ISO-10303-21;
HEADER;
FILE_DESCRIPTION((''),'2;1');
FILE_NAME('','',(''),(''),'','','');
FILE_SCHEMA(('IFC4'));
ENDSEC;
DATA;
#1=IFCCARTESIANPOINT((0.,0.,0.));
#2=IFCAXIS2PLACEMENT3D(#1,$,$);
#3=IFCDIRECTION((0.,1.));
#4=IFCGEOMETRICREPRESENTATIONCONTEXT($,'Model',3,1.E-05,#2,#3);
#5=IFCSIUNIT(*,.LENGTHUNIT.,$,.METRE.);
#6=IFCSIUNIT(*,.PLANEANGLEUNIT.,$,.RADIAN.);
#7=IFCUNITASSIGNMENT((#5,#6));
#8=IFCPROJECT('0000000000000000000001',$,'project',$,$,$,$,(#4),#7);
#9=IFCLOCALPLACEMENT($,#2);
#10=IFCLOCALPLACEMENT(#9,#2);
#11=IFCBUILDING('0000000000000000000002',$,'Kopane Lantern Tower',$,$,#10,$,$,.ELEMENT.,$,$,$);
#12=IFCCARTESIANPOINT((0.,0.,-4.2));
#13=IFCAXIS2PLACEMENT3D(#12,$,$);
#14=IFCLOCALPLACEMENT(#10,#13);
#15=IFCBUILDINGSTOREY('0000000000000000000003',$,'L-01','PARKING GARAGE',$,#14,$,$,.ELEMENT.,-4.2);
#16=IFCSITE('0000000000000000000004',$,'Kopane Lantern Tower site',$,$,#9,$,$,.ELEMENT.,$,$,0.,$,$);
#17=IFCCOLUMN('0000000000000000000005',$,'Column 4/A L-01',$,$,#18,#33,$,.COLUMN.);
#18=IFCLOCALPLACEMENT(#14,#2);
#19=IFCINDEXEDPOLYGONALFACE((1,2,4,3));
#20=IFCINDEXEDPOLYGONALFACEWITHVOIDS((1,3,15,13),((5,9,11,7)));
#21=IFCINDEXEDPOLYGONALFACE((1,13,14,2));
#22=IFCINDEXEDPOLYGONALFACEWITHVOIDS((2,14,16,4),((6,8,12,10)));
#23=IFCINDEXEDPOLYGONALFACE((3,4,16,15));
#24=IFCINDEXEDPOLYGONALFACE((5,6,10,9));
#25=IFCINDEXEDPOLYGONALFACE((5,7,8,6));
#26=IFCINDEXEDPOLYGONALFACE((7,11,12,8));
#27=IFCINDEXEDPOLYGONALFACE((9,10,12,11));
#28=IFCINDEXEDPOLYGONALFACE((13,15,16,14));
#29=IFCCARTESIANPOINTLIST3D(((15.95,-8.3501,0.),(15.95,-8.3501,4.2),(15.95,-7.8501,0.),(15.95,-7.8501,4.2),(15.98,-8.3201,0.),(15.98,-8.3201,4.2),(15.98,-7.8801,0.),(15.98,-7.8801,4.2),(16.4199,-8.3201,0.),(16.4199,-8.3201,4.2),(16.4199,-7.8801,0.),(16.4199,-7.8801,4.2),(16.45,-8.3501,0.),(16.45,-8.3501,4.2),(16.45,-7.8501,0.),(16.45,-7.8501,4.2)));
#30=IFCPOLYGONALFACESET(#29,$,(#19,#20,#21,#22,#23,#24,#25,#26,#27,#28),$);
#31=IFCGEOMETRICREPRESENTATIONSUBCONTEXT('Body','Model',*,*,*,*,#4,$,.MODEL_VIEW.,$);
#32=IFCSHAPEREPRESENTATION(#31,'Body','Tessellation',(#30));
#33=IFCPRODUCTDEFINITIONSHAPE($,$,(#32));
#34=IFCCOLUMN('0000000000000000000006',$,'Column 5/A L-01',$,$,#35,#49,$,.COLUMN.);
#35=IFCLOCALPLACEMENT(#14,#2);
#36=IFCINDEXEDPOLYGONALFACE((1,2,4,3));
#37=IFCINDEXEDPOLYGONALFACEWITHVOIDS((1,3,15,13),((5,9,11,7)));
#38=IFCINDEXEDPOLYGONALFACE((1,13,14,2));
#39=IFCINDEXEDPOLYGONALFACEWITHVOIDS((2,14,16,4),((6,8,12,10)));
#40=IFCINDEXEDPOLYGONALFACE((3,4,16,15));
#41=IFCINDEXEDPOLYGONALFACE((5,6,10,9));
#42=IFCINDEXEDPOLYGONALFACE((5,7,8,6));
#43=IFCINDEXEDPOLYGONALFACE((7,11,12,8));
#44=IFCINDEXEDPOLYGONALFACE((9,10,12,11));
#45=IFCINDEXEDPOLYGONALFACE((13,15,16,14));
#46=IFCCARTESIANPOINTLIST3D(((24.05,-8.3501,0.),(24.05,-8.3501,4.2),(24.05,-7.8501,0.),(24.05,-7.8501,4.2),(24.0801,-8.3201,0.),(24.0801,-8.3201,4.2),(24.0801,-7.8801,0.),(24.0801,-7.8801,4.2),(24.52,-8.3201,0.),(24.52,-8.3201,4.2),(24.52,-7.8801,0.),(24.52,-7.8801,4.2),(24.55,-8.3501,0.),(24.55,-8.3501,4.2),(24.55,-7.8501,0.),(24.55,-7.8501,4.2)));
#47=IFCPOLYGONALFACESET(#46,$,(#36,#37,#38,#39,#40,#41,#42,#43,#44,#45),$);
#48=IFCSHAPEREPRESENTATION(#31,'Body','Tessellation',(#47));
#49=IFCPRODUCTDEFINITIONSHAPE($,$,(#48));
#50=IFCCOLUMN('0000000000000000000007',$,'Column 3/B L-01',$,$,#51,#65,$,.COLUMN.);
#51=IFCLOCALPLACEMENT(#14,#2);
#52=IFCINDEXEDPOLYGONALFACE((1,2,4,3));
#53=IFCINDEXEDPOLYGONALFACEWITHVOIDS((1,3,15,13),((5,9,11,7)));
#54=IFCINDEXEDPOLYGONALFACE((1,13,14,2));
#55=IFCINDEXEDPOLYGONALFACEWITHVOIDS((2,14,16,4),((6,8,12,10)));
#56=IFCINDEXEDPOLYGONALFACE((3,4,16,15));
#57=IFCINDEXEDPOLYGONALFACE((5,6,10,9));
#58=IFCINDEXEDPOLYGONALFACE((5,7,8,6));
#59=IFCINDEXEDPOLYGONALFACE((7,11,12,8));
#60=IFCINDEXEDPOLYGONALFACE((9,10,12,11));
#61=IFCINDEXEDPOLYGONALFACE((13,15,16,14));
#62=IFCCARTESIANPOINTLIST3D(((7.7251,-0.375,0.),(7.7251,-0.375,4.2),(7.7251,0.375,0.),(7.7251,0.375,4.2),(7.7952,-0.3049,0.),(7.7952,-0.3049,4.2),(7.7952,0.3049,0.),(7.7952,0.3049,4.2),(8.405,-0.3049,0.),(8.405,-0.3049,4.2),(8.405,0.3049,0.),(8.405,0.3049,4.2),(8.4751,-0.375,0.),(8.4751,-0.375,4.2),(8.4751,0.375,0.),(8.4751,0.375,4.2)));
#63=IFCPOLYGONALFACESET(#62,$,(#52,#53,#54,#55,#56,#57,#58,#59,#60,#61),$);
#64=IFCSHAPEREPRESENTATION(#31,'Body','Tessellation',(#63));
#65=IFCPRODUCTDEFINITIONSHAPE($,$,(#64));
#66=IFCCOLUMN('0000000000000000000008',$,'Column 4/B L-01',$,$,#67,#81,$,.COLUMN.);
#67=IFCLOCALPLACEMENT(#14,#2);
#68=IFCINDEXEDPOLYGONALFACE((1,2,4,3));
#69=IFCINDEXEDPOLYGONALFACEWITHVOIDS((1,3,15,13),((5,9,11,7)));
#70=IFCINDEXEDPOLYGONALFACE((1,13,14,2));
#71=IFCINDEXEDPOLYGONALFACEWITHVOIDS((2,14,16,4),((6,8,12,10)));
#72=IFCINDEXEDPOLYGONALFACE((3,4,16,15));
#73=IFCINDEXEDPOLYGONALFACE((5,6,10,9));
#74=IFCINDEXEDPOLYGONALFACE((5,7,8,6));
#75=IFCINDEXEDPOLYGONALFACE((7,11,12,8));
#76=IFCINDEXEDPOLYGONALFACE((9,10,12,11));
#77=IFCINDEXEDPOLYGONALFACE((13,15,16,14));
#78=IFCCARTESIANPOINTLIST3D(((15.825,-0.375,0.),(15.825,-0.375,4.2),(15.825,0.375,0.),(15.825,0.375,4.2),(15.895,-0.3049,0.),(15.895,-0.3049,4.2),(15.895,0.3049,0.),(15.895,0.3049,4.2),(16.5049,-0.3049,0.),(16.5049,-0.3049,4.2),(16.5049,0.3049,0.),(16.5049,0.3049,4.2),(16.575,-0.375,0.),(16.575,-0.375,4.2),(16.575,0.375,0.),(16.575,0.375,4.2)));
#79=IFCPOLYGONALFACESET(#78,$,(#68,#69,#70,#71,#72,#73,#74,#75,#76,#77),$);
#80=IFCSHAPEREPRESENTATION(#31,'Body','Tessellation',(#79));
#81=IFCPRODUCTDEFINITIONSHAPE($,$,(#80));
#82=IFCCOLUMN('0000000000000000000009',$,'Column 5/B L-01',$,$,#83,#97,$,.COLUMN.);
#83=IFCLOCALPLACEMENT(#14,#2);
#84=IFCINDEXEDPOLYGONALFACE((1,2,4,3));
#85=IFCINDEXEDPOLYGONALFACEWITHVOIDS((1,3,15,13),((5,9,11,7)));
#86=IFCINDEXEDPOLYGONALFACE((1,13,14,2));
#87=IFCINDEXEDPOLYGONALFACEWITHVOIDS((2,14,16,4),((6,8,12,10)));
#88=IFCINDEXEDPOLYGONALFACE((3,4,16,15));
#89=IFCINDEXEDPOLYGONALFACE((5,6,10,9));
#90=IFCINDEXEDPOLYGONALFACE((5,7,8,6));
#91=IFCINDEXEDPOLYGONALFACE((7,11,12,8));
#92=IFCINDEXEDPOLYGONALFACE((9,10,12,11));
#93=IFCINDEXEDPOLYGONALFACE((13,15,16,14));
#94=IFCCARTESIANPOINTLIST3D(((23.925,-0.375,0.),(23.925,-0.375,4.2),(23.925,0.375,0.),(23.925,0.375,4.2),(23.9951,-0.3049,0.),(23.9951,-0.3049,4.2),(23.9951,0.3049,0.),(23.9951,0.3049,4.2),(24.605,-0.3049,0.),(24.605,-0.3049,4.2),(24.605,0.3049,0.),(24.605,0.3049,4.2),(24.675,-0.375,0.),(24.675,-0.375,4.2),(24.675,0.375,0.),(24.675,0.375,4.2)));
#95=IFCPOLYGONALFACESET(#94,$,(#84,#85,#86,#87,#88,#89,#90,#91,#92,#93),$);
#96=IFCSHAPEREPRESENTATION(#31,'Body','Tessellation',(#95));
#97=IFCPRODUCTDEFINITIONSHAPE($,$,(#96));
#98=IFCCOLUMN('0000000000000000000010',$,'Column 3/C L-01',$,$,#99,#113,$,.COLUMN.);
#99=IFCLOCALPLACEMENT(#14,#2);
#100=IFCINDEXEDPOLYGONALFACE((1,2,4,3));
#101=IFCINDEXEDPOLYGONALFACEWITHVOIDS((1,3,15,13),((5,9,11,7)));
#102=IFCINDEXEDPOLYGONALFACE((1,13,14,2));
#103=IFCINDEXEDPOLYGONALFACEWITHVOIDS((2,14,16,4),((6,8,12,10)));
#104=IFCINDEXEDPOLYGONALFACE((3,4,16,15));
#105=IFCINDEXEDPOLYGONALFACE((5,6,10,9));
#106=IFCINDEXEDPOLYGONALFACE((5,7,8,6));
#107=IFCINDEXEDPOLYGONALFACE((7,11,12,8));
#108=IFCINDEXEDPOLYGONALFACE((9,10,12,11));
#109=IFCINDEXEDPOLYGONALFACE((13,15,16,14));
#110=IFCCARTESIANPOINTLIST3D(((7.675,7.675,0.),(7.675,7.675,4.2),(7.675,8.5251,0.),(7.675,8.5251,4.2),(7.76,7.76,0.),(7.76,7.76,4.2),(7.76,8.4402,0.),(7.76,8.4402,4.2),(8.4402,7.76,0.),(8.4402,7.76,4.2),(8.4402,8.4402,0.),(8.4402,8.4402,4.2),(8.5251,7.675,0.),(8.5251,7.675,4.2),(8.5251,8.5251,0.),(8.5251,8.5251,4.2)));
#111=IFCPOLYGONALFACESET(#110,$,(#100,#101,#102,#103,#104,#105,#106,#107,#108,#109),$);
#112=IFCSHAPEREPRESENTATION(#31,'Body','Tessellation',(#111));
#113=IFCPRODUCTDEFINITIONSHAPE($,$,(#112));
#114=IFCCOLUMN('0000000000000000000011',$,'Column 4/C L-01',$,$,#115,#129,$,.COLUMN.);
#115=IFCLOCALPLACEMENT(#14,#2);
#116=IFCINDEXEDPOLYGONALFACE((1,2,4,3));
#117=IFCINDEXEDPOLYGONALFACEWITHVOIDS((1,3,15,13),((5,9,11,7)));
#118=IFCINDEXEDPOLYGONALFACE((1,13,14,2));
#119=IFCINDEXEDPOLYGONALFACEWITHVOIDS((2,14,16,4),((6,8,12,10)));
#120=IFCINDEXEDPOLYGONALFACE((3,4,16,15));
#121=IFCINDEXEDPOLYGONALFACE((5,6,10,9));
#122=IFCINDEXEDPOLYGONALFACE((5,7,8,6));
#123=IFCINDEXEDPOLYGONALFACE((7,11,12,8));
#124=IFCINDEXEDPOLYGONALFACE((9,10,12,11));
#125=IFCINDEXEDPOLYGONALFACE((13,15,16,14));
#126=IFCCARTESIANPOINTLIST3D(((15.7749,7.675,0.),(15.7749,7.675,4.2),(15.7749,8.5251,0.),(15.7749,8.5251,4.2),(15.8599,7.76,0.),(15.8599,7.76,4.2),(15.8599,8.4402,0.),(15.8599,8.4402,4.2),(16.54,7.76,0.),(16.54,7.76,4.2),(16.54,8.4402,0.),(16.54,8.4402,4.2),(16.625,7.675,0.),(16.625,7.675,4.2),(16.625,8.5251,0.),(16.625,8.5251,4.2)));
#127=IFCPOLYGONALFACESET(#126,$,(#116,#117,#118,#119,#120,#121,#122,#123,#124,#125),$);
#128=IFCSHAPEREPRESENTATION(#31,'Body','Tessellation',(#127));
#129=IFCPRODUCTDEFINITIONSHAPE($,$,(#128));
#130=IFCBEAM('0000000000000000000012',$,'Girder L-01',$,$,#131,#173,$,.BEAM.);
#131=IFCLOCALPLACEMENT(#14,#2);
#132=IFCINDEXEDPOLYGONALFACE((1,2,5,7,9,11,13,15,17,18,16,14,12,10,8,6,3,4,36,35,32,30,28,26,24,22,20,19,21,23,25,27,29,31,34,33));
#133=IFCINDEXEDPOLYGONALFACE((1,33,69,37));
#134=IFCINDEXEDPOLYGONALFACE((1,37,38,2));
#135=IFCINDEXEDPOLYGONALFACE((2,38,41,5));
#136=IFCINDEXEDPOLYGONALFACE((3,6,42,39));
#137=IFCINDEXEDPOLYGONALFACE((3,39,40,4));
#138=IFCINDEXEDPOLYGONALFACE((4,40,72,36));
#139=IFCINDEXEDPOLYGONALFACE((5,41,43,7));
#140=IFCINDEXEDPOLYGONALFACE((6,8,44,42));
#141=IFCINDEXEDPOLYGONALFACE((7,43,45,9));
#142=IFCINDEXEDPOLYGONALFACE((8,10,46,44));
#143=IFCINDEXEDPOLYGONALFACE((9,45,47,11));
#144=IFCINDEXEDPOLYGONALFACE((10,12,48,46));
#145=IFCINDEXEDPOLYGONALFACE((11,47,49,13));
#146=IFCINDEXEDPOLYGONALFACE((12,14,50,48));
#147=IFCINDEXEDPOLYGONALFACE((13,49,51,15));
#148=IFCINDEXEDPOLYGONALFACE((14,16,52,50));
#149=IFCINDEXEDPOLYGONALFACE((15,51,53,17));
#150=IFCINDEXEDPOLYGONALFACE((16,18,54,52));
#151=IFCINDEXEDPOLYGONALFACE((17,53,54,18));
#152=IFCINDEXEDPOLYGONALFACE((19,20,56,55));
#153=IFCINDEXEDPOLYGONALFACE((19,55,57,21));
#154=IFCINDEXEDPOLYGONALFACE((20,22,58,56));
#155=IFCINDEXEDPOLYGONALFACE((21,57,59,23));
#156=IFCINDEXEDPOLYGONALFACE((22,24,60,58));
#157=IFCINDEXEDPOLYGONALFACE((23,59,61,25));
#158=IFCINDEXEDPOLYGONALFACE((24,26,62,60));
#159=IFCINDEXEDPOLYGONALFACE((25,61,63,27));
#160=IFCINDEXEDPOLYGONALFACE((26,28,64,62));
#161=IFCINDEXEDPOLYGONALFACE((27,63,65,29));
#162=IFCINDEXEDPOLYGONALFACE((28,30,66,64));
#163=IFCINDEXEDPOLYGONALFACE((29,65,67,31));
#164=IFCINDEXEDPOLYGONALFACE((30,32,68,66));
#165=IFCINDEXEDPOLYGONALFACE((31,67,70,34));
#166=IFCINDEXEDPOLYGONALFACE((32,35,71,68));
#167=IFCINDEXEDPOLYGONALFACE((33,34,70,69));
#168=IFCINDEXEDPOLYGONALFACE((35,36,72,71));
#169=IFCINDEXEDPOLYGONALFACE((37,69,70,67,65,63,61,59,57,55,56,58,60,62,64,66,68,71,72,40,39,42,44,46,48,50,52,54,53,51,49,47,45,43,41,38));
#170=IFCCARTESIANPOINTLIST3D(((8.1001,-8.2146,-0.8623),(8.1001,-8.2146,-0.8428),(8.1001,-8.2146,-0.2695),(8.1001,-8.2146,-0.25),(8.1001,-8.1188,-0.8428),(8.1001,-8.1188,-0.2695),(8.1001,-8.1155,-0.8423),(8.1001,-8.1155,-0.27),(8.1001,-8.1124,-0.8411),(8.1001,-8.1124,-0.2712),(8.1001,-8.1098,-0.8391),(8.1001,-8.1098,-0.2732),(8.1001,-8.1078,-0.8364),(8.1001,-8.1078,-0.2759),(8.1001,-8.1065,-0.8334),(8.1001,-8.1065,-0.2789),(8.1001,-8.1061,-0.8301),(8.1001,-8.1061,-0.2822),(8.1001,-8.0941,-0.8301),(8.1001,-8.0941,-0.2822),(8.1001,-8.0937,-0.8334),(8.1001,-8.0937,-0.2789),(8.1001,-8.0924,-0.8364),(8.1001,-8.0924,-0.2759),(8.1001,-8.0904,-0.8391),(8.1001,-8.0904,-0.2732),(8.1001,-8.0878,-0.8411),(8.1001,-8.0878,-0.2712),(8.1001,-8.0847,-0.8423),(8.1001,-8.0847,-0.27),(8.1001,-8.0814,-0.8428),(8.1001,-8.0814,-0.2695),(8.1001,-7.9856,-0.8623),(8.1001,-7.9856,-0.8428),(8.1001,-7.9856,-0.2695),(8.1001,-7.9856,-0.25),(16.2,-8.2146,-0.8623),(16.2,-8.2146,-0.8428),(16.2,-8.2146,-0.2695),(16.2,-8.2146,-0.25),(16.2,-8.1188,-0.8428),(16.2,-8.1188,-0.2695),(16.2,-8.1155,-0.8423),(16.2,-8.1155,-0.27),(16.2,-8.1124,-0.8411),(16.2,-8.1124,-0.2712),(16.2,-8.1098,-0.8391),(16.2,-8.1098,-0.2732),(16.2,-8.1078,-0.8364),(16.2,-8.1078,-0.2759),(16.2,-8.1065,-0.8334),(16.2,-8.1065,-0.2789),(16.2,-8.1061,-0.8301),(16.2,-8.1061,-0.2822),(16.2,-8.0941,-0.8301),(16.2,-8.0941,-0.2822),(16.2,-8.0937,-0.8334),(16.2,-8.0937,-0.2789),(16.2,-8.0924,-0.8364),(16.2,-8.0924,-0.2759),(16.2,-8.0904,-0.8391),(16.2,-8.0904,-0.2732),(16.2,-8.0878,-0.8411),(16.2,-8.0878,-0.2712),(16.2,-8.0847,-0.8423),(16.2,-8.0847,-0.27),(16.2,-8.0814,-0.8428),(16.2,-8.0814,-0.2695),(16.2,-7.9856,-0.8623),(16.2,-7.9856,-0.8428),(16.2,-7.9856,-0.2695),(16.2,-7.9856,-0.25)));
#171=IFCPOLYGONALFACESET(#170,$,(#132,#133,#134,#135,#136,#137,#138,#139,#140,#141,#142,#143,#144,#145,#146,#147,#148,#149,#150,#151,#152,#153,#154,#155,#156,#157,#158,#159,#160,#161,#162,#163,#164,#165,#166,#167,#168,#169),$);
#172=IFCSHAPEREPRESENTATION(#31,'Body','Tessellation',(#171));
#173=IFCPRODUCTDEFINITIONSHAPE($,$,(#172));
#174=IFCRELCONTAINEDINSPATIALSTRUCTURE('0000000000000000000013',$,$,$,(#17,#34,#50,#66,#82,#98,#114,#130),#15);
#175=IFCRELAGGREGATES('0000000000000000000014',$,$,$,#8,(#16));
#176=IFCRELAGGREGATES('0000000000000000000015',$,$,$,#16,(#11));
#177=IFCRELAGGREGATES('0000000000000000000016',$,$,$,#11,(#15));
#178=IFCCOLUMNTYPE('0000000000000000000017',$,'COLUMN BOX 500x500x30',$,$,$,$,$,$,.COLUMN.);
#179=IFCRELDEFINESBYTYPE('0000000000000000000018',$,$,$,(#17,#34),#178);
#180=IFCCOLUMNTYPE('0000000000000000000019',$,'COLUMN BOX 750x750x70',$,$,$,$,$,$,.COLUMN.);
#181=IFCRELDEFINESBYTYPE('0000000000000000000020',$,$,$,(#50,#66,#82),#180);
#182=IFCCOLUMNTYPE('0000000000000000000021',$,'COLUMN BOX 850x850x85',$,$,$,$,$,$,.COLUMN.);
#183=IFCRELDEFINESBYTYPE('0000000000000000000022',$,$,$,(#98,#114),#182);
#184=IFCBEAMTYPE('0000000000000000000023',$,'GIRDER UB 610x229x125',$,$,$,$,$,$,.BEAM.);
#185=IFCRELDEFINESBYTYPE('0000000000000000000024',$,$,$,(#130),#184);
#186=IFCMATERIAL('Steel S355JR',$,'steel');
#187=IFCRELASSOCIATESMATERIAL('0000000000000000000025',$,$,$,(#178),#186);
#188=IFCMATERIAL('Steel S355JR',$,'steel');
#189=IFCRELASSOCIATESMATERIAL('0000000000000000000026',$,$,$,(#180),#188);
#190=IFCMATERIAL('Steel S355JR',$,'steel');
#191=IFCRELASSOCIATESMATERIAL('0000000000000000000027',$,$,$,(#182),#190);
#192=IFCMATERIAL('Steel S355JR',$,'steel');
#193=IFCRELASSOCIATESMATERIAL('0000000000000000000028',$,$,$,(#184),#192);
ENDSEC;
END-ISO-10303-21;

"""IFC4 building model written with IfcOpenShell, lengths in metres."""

from ifc_helpers import new_model, si_unit, direction, frame, origin, origin_2d, place, context, subcontext, project, spatial, hollow_rectangle, i_section, extrude, material, material_profile, profile_set, type_object, element, save


model = new_model("IFC4")

# Units and contexts
model_context = context("Model", 3, precision=1e-05, world=origin(), true_north=direction((0.0, 1.0)))
body_context = subcontext(model_context, "Body", "Model", "MODEL_VIEW")
ifc_project = project(units=[si_unit("LENGTHUNIT", "METRE"), si_unit("PLANEANGLEUNIT", "RADIAN")], contexts=[model_context])

# Site, building, storey
site_placement = place(None, origin())
site = spatial("IfcSite", under=ifc_project, at=site_placement, Name="Kopane Lantern Tower site", CompositionType="ELEMENT", RefElevation=0.0)
building_placement = place(site_placement, origin())
building = spatial("IfcBuilding", under=site, at=building_placement, Name="Kopane Lantern Tower", CompositionType="ELEMENT")
storey_placement = place(building_placement, frame((0.0, 0.0, -4.2)))
storey = spatial("IfcBuildingStorey", under=building, at=storey_placement, Name="L-01", Description="PARKING GARAGE", CompositionType="ELEMENT", Elevation=-4.2)

# Columns
ifc_material_1 = material(Name="Steel S355JR", Category="steel")
ifc_material_profile_1 = material_profile(ifc_material_1, hollow_rectangle(XDim=0.5, YDim=0.5, WallThickness=0.03, at=origin_2d()), Name="BOX 500x500x30")
ifc_profile_set_1 = profile_set([ifc_material_profile_1], Name="Steel S355JR")
column_type_1 = type_object("IfcColumnType", Name="COLUMN BOX 500x500x30", PredefinedType="COLUMN", material=ifc_profile_set_1)
for number, where, z_axis, x_axis, name in (
    (1, (16.2, -8.1001, 0.0), (0.0, 0.0, 1.0), (1.0, 0.0, 0.0), "Column 4/A L-01"),
    (2, (24.3, -8.1001, 0.0), (0.0, 0.0, 1.0), (1.0, 0.0, 0.0), "Column 5/A L-01"),
):
    element("IfcColumn", number, at=place(storey_placement, frame(where, z_axis=z_axis, x_axis=x_axis)), inside=storey, type_object=column_type_1, Name=name, PredefinedType="COLUMN", context=body_context, shape_type="SweptSolid", body=[
        extrude(hollow_rectangle(XDim=0.5, YDim=0.5, WallThickness=0.03, at=origin_2d()), origin(), (0.0, 0.0, 1.0), 4.2),
    ])
ifc_material_2 = material(Name="Steel S355JR", Category="steel")
ifc_material_profile_2 = material_profile(ifc_material_2, hollow_rectangle(XDim=0.75, YDim=0.75, WallThickness=0.0701, at=origin_2d()), Name="BOX 750x750x70")
ifc_profile_set_2 = profile_set([ifc_material_profile_2], Name="Steel S355JR")
column_type_2 = type_object("IfcColumnType", Name="COLUMN BOX 750x750x70", PredefinedType="COLUMN", material=ifc_profile_set_2)
for number, where, z_axis, x_axis, name in (
    (3, (8.1001, 0.0, 0.0), (0.0, 0.0, 1.0), (1.0, 0.0, 0.0), "Column 3/B L-01"),
    (4, (16.2, 0.0, 0.0), (0.0, 0.0, 1.0), (1.0, 0.0, 0.0), "Column 4/B L-01"),
    (5, (24.3, 0.0, 0.0), (0.0, 0.0, 1.0), (1.0, 0.0, 0.0), "Column 5/B L-01"),
):
    element("IfcColumn", number, at=place(storey_placement, frame(where, z_axis=z_axis, x_axis=x_axis)), inside=storey, type_object=column_type_2, Name=name, PredefinedType="COLUMN", context=body_context, shape_type="SweptSolid", body=[
        extrude(hollow_rectangle(XDim=0.75, YDim=0.75, WallThickness=0.0701, at=origin_2d()), origin(), (0.0, 0.0, 1.0), 4.2),
    ])
ifc_material_3 = material(Name="Steel S355JR", Category="steel")
ifc_material_profile_3 = material_profile(ifc_material_3, hollow_rectangle(XDim=0.8501, YDim=0.8501, WallThickness=0.085, at=origin_2d()), Name="BOX 850x850x85")
ifc_profile_set_3 = profile_set([ifc_material_profile_3], Name="Steel S355JR")
column_type_3 = type_object("IfcColumnType", Name="COLUMN BOX 850x850x85", PredefinedType="COLUMN", material=ifc_profile_set_3)
for number, where, z_axis, x_axis, name in (
    (6, (8.1001, 8.1001, 0.0), (0.0, 0.0, 1.0), (1.0, 0.0, 0.0), "Column 3/C L-01"),
    (7, (16.2, 8.1001, 0.0), (0.0, 0.0, 1.0), (1.0, 0.0, 0.0), "Column 4/C L-01"),
):
    element("IfcColumn", number, at=place(storey_placement, frame(where, z_axis=z_axis, x_axis=x_axis)), inside=storey, type_object=column_type_3, Name=name, PredefinedType="COLUMN", context=body_context, shape_type="SweptSolid", body=[
        extrude(hollow_rectangle(XDim=0.8501, YDim=0.8501, WallThickness=0.085, at=origin_2d()), origin(), (0.0, 0.0, 1.0), 4.2),
    ])

# Beam
ifc_material_4 = material(Name="Steel S355JR", Category="steel")
ifc_material_profile_4 = material_profile(ifc_material_4, i_section(OverallWidth=0.229, OverallDepth=0.6123, WebThickness=0.012, FlangeThickness=0.0195, FilletRadius=0.0127, at=origin_2d()), Name="UB 610x229x125")
ifc_profile_set_4 = profile_set([ifc_material_profile_4], Name="Steel S355JR")
beam_type = type_object("IfcBeamType", Name="GIRDER UB 610x229x125", PredefinedType="BEAM", material=ifc_profile_set_4)
beam_1_placement = place(storey_placement, frame((8.1001, -8.1001, -0.5562), z_axis=(1.0, 0.0, 0.0), x_axis=(0.0, 1.0, 0.0)))
element("IfcBeam", 8, at=beam_1_placement, inside=storey, type_object=beam_type, Name="Girder L-01", PredefinedType="BEAM", context=body_context, shape_type="SweptSolid", body=[
    extrude(i_section(OverallWidth=0.229, OverallDepth=0.6123, WebThickness=0.012, FlangeThickness=0.0195, FilletRadius=0.0127, at=origin_2d()), origin(), (0.0, 0.0, 1.0), 8.0999),
])

save(model, "model.ifc")
